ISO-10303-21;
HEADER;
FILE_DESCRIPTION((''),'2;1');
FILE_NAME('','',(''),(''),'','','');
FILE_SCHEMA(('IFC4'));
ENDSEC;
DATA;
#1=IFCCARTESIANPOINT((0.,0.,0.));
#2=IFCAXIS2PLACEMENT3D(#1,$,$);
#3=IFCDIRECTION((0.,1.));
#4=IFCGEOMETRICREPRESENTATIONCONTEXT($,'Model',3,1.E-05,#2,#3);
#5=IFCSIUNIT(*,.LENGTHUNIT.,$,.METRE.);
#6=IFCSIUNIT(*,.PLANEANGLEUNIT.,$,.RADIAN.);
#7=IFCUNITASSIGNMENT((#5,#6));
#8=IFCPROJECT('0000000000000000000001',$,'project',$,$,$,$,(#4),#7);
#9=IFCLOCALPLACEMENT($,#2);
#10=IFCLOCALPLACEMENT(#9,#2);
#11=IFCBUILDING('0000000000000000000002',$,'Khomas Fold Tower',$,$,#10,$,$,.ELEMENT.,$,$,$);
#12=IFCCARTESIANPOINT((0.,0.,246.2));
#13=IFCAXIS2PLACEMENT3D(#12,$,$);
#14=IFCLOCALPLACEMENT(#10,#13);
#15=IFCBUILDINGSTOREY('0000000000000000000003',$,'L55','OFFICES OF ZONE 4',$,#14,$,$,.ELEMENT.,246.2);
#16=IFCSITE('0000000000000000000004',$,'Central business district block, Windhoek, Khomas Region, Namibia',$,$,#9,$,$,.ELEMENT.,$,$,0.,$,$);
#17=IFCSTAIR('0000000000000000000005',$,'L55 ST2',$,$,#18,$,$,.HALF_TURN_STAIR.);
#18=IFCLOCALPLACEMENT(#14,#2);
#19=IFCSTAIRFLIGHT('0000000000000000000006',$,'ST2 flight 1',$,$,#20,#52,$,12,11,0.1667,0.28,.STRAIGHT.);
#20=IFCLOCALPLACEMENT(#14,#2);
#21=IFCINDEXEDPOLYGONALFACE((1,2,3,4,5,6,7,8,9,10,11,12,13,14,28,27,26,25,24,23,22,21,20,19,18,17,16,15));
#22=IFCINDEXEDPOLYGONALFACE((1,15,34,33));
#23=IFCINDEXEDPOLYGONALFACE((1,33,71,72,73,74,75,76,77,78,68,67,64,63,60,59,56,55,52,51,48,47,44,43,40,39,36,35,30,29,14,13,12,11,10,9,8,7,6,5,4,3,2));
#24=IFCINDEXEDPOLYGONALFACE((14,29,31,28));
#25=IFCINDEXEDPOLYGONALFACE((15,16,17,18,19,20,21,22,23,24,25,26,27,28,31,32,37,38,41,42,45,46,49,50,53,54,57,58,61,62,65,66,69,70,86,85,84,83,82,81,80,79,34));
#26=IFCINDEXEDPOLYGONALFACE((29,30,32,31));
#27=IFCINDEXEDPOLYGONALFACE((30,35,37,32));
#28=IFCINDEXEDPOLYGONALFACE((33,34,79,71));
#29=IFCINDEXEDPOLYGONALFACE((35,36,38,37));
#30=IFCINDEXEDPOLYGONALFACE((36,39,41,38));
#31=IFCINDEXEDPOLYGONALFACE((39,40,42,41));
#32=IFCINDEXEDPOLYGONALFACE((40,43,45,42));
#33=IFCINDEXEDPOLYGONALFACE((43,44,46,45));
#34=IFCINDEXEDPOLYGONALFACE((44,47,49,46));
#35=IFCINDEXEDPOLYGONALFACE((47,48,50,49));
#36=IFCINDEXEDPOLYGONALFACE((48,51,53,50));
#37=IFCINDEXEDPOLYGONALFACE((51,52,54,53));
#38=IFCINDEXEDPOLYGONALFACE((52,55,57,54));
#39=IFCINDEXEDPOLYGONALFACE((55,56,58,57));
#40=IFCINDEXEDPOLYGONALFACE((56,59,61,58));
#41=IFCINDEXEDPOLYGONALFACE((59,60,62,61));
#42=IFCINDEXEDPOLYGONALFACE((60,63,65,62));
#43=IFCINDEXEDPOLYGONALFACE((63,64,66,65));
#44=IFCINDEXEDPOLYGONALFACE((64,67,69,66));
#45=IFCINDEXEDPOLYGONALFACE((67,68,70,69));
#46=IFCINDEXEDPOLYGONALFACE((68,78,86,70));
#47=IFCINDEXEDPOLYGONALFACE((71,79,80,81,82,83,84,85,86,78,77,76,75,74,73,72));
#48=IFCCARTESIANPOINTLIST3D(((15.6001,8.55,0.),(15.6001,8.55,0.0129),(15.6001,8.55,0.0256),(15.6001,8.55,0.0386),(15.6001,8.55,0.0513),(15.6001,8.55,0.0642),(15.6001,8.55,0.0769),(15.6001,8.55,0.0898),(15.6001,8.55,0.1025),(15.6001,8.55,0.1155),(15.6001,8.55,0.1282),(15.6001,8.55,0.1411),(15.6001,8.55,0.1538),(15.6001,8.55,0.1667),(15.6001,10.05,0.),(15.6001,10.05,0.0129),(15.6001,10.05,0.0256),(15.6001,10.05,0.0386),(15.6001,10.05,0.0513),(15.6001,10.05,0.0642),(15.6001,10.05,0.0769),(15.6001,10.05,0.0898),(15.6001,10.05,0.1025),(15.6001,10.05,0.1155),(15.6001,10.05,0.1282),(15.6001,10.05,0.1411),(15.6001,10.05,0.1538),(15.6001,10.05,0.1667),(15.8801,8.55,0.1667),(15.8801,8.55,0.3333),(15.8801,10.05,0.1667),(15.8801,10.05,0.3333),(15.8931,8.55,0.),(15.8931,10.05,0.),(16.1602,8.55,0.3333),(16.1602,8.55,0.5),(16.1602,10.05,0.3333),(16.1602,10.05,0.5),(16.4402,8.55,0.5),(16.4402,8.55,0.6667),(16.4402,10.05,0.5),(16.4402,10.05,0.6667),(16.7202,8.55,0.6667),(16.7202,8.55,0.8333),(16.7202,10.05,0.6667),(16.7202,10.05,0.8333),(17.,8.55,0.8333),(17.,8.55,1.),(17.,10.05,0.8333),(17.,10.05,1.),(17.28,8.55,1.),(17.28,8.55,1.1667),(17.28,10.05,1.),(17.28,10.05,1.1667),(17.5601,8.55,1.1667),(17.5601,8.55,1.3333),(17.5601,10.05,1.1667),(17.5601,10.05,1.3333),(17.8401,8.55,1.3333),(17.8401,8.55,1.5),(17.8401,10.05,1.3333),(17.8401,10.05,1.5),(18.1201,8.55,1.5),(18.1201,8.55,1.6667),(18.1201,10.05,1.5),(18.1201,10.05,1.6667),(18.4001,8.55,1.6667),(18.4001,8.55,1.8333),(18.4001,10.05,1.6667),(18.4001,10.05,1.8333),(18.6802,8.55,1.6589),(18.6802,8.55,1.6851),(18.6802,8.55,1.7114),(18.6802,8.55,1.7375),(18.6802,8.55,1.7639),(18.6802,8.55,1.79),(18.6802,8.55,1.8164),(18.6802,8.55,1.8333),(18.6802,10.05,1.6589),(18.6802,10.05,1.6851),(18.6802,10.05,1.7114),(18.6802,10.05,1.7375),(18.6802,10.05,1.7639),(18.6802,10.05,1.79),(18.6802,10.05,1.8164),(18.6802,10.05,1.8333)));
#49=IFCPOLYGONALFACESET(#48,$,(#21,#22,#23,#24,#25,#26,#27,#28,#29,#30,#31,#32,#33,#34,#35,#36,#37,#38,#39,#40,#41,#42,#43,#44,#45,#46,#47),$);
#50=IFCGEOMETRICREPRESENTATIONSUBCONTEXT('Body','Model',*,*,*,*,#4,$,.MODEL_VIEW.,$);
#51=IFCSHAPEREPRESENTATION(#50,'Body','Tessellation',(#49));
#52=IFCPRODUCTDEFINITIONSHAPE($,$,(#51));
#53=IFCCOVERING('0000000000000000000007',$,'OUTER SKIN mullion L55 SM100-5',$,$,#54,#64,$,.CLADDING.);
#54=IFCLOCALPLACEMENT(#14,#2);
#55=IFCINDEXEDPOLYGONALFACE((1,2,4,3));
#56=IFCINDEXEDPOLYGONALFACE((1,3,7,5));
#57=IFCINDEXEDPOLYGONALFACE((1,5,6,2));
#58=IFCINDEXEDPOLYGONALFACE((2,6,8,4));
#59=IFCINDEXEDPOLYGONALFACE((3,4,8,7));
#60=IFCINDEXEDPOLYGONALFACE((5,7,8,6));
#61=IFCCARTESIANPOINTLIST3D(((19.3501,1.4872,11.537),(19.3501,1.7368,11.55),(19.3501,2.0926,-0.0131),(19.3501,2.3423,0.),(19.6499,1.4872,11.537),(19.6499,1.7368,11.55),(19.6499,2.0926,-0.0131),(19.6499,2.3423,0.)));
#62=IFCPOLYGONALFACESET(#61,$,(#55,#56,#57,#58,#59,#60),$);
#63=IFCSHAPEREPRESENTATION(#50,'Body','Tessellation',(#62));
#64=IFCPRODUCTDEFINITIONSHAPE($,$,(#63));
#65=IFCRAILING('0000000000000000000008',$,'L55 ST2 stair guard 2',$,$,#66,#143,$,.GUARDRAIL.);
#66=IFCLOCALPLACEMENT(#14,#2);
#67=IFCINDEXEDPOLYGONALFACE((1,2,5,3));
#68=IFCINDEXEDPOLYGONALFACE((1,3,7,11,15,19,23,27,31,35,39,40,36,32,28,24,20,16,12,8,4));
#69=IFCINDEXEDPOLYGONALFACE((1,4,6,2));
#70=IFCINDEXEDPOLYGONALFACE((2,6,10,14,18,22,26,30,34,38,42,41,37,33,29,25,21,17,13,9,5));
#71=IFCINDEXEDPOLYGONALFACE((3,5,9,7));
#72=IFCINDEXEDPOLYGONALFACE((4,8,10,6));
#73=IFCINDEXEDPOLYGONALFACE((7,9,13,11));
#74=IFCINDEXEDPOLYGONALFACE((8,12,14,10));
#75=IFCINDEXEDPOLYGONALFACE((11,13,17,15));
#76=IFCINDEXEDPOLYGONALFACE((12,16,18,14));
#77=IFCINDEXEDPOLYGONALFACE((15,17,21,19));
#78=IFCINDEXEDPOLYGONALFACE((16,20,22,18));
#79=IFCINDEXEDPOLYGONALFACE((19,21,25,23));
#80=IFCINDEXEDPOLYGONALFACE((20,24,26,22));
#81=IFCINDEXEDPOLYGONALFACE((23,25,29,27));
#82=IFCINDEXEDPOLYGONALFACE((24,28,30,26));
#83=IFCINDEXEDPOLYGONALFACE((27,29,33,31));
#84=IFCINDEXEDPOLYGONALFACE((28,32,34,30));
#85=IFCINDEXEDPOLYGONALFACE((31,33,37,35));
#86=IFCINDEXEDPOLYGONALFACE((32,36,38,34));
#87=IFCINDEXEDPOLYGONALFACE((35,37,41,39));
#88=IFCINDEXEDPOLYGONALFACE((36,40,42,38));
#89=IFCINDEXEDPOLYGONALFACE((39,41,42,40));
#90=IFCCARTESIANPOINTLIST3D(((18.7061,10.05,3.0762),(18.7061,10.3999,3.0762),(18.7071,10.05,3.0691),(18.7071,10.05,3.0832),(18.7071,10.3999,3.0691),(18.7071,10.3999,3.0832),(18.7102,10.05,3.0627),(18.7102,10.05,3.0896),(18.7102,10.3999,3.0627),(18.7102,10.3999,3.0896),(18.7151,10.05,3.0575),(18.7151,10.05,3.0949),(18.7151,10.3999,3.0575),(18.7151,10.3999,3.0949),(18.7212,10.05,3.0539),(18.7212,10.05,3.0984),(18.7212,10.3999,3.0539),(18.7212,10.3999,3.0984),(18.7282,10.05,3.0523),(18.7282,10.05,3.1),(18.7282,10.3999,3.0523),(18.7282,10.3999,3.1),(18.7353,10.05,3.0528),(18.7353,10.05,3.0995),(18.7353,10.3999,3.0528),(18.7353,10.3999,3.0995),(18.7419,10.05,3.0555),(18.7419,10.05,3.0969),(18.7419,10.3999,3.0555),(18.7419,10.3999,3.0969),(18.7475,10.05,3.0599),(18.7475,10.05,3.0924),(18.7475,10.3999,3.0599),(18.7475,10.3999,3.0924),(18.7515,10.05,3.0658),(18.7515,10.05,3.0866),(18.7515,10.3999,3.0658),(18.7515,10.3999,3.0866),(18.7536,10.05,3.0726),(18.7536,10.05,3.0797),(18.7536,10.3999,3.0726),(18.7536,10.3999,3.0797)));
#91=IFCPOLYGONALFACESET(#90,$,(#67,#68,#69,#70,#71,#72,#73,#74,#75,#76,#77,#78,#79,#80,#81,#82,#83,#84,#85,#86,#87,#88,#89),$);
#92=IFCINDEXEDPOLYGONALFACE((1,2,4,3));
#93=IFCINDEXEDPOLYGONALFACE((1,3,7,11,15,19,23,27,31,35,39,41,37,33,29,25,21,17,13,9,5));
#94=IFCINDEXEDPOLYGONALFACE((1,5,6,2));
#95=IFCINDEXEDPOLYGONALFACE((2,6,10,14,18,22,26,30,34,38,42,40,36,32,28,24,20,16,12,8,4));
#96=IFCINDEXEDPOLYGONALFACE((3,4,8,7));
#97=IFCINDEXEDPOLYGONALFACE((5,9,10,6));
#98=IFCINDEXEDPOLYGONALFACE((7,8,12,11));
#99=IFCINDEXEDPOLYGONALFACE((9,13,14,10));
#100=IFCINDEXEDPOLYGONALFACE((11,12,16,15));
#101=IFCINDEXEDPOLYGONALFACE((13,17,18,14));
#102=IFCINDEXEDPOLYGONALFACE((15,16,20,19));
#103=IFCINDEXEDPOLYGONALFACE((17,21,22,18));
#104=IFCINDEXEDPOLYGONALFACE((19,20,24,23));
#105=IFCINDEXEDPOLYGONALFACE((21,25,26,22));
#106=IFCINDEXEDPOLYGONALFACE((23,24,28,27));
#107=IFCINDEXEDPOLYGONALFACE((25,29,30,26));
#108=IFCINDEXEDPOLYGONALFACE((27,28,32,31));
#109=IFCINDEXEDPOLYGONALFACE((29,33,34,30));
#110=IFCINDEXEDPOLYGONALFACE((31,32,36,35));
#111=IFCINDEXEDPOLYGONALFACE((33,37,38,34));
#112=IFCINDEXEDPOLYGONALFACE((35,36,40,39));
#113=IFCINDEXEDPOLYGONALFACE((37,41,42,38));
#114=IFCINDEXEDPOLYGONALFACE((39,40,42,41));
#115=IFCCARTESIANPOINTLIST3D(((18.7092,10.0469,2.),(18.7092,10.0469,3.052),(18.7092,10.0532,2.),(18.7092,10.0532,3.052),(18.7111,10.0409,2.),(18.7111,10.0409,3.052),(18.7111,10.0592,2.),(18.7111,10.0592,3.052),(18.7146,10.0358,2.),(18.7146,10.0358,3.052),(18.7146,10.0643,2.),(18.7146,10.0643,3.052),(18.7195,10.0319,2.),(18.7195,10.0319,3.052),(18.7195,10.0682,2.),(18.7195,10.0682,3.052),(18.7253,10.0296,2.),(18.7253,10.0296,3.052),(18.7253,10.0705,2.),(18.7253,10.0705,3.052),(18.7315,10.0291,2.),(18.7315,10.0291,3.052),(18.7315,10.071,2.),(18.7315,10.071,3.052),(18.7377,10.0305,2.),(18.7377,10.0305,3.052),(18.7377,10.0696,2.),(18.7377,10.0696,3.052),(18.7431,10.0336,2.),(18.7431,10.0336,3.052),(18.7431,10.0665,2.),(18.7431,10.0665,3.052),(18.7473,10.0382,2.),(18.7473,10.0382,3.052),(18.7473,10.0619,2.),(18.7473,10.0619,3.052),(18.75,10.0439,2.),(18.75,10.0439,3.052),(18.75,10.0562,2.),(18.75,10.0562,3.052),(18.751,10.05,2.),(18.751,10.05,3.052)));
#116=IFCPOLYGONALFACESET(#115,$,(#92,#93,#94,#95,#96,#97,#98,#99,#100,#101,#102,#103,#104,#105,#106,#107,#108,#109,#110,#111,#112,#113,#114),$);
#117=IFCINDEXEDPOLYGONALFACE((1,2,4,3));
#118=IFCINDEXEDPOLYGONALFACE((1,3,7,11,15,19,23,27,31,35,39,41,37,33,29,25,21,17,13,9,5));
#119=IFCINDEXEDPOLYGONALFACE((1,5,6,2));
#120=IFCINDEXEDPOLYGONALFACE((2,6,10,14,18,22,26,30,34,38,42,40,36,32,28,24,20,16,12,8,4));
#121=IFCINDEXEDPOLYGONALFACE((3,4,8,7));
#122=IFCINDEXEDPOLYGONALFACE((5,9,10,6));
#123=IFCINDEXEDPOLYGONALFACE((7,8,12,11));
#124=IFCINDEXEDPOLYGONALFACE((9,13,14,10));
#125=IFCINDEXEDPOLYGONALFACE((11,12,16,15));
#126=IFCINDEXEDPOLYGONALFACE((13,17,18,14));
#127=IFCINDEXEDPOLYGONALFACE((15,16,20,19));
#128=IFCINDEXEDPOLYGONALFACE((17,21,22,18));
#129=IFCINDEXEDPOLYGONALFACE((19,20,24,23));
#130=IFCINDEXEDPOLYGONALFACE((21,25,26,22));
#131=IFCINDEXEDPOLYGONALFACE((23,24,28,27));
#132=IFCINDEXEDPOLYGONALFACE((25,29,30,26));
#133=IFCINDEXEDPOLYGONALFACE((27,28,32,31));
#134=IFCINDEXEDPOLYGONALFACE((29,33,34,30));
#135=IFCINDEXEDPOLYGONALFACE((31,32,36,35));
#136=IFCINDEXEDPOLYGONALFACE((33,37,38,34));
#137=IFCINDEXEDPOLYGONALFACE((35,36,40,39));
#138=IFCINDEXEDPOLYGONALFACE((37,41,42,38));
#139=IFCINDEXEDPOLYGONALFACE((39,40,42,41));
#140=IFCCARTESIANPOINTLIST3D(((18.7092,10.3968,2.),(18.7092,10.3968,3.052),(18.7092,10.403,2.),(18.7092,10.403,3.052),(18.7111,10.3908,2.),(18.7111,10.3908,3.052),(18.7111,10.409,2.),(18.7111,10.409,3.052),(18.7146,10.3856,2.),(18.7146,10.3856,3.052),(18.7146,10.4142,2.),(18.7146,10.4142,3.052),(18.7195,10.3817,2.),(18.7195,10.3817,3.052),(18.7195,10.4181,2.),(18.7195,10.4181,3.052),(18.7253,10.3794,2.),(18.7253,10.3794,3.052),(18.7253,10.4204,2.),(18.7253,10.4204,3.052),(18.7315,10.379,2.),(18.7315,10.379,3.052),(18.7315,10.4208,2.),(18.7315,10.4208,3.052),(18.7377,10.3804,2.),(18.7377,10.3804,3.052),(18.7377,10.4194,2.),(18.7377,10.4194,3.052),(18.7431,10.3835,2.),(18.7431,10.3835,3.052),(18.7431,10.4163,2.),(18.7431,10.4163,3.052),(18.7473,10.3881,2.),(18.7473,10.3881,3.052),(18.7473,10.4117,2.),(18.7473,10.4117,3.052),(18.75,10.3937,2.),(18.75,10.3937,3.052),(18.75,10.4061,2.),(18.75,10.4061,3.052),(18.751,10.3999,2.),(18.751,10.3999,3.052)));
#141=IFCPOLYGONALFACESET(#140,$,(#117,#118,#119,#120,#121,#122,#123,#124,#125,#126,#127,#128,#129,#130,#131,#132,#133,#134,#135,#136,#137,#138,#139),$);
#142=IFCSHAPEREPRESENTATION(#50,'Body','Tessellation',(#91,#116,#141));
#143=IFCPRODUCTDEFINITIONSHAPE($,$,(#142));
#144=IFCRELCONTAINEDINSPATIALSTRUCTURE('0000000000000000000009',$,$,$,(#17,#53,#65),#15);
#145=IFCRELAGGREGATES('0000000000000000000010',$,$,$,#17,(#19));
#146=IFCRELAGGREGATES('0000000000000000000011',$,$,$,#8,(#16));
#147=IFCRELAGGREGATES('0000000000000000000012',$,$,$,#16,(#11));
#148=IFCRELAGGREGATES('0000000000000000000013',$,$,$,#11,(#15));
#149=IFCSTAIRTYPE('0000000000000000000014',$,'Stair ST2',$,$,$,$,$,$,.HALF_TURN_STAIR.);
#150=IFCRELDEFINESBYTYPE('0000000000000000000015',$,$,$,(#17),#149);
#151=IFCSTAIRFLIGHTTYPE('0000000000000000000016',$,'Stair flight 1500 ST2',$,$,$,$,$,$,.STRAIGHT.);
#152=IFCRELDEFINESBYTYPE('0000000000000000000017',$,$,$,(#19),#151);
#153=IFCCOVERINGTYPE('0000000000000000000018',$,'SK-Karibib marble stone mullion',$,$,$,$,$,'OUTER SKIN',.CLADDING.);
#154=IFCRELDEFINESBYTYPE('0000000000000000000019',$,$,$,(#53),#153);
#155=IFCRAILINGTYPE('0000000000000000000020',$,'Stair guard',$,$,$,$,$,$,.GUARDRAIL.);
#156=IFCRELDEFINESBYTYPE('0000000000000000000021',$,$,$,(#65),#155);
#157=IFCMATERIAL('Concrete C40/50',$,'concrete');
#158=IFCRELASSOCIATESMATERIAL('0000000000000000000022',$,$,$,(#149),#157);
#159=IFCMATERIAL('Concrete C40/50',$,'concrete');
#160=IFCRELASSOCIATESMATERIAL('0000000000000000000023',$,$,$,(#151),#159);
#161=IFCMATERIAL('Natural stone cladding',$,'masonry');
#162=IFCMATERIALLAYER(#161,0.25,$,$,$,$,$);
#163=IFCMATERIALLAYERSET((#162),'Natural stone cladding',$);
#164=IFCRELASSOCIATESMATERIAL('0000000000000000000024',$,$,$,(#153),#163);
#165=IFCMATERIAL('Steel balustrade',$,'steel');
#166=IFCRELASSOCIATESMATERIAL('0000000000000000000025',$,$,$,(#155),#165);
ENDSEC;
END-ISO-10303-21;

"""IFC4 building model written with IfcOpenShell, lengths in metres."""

from ifc_helpers import new_model, si_unit, direction, frame, origin, origin_2d, place, context, subcontext, project, spatial, polyline, circle, outline, extrude, source, transform, mapped, material, layer, layer_set, type_object, element, aggregate, save


model = new_model("IFC4")

# Units and contexts
model_context = context("Model", 3, precision=1e-05, world=origin(), true_north=direction((0.0, 1.0)))
body_context = subcontext(model_context, "Body", "Model", "MODEL_VIEW")
ifc_project = project(units=[si_unit("LENGTHUNIT", "METRE"), si_unit("PLANEANGLEUNIT", "RADIAN")], contexts=[model_context])

# Site, building, storey
site_placement = place(None, origin())
site = spatial("IfcSite", under=ifc_project, at=site_placement, Name="Central business district block, Windhoek, Khomas Region, Namibia", CompositionType="ELEMENT", RefElevation=0.0)
building_placement = place(site_placement, origin())
building = spatial("IfcBuilding", under=site, at=building_placement, Name="Khomas Fold Tower", CompositionType="ELEMENT")
storey_placement = place(building_placement, frame((0.0, 0.0, 246.2)))
storey = spatial("IfcBuildingStorey", under=building, at=storey_placement, Name="L55", Description="OFFICES OF ZONE 4", CompositionType="ELEMENT", Elevation=246.2)

# Stair, stair flight
ifc_material_1 = material(Name="Concrete C40/50", Category="concrete")
stair_type = type_object("IfcStairType", Name="Stair ST2", PredefinedType="HALF_TURN_STAIR", material=ifc_material_1)
stair_placement = place(storey_placement, origin())
stair = element("IfcStair", 1, at=stair_placement, inside=storey, type_object=stair_type, Name="L55 ST2", PredefinedType="HALF_TURN_STAIR")
ifc_material_2 = material(Name="Concrete C40/50", Category="concrete")
stair_flight_type = type_object("IfcStairFlightType", Name="Stair flight 1500 ST2", PredefinedType="STRAIGHT", material=ifc_material_2)
shared_shape_1 = source(origin(), body_context, "Body", "SweptSolid", [
    extrude(outline(polyline([(0.0, 0.0), (0.0, 0.0129), (0.0, 0.0256), (0.0, 0.0386), (0.0, 0.0513), (0.0, 0.0642), (0.0, 0.0769), (0.0, 0.0898), (0.0, 0.1025), (0.0, 0.1155), (0.0, 0.1282), (0.0, 0.1411), (0.0, 0.1538), (0.0, 0.1667), (0.28, 0.1667), (0.28, 0.3333), (0.5601, 0.3333), (0.5601, 0.5), (0.8401, 0.5), (0.8401, 0.6667), (1.1201, 0.6667), (1.1201, 0.8333), (1.3999, 0.8333), (1.3999, 1.0), (1.6799, 1.0), (1.6799, 1.1667), (1.96, 1.1667), (1.96, 1.3333), (2.24, 1.3333), (2.24, 1.5), (2.52, 1.5), (2.52, 1.6667), (2.8, 1.6667), (2.8, 1.8333), (3.0801, 1.8333), (3.0801, 2.0), (3.0801, 1.9739), (3.0801, 1.9475), (3.0801, 1.9214), (3.0801, 1.895), (3.0801, 1.8689), (3.0801, 1.8425), (3.0801, 1.8164), (3.0801, 1.79), (3.0801, 1.7639), (3.0801, 1.7375), (3.0801, 1.7114), (3.0801, 1.6851), (3.0801, 1.6589), (0.293, 0.0), (0.0, 0.0)])), frame((0.0, 0.75, 0.0), z_axis=(0.0, -1.0, 0.0), x_axis=(1.0, 0.0, 0.0)), (0.0, 0.0, 1.0), 1.5),
])
stair_flight_placement = place(storey_placement, frame((15.6001, 9.3, 0.0), z_axis=(0.0, 0.0, 1.0), x_axis=(1.0, 0.0, 0.0)))
stair_flight = element("IfcStairFlight", 2, at=stair_flight_placement, type_object=stair_flight_type, Name="ST2 flight 1", NumberOfRisers=12, NumberOfTreads=11, PredefinedType="STRAIGHT", RiserHeight=0.1667, TreadLength=0.28, context=body_context, shape_type="MappedRepresentation", body=[
    mapped(shared_shape_1, transform((0.0, 0.0, 0.0))),
])
aggregate(stair, [stair_flight])

# Covering
ifc_material_3 = material(Name="Natural stone cladding", Category="masonry")
ifc_layer_1 = layer(ifc_material_3, 0.25)
ifc_layer_set_1 = layer_set([ifc_layer_1], Name="Natural stone cladding")
covering_type = type_object("IfcCoveringType", Name="SK-Karibib marble stone mullion", ElementType="OUTER SKIN", PredefinedType="CLADDING", material=ifc_layer_set_1)
covering_placement = place(storey_placement, frame((19.3501, 2.3423, 0.0), z_axis=(0.0, 0.998629, 0.052349), x_axis=(0.0, -0.052349, 0.998629)))
element("IfcCovering", 3, at=covering_placement, inside=storey, type_object=covering_type, Name="OUTER SKIN mullion L55 SM100-5", PredefinedType="CLADDING", context=body_context, shape_type="SweptSolid", body=[
    extrude(outline(polyline([(0.0, 0.0), (11.5659, 0.0), (11.5659, 0.2998), (0.0, 0.2998), (0.0, 0.0)])), origin(), (0.0, 0.0, -1.0), 0.25),
])

# Railing
ifc_material_4 = material(Name="Steel balustrade", Category="steel")
railing_type_1 = type_object("IfcRailingType", Name="Stair guard", PredefinedType="GUARDRAIL", material=ifc_material_4)
shared_shape_2 = source(origin(), body_context, "Body", "SweptSolid", [
    extrude(circle(Radius=0.0239, at=origin_2d()), frame((0.0, 0.0, 1.0762), z_axis=(0.0, 1.0, 0.0), x_axis=(-1.0, 0.0, 0.0)), (0.0, 0.0, 1.0), 0.3499),
    extrude(circle(Radius=0.021, at=origin_2d()), origin(), (0.0, 0.0, 1.0), 1.052),
    extrude(circle(Radius=0.021, at=origin_2d()), frame((0.0, 0.3499, 0.0)), (0.0, 0.0, 1.0), 1.052),
])
for number, where, name in (
    (4, (18.73, 10.05, 2.0), "L55 ST2 stair guard 2"),
):
    element("IfcRailing", number, at=place(storey_placement, frame(where)), inside=storey, type_object=railing_type_1, Name=name, PredefinedType="GUARDRAIL", context=body_context, shape_type="MappedRepresentation", body=[
        mapped(shared_shape_2, transform((0.0, 0.0, 0.0))),
    ])

save(model, "model.ifc")
